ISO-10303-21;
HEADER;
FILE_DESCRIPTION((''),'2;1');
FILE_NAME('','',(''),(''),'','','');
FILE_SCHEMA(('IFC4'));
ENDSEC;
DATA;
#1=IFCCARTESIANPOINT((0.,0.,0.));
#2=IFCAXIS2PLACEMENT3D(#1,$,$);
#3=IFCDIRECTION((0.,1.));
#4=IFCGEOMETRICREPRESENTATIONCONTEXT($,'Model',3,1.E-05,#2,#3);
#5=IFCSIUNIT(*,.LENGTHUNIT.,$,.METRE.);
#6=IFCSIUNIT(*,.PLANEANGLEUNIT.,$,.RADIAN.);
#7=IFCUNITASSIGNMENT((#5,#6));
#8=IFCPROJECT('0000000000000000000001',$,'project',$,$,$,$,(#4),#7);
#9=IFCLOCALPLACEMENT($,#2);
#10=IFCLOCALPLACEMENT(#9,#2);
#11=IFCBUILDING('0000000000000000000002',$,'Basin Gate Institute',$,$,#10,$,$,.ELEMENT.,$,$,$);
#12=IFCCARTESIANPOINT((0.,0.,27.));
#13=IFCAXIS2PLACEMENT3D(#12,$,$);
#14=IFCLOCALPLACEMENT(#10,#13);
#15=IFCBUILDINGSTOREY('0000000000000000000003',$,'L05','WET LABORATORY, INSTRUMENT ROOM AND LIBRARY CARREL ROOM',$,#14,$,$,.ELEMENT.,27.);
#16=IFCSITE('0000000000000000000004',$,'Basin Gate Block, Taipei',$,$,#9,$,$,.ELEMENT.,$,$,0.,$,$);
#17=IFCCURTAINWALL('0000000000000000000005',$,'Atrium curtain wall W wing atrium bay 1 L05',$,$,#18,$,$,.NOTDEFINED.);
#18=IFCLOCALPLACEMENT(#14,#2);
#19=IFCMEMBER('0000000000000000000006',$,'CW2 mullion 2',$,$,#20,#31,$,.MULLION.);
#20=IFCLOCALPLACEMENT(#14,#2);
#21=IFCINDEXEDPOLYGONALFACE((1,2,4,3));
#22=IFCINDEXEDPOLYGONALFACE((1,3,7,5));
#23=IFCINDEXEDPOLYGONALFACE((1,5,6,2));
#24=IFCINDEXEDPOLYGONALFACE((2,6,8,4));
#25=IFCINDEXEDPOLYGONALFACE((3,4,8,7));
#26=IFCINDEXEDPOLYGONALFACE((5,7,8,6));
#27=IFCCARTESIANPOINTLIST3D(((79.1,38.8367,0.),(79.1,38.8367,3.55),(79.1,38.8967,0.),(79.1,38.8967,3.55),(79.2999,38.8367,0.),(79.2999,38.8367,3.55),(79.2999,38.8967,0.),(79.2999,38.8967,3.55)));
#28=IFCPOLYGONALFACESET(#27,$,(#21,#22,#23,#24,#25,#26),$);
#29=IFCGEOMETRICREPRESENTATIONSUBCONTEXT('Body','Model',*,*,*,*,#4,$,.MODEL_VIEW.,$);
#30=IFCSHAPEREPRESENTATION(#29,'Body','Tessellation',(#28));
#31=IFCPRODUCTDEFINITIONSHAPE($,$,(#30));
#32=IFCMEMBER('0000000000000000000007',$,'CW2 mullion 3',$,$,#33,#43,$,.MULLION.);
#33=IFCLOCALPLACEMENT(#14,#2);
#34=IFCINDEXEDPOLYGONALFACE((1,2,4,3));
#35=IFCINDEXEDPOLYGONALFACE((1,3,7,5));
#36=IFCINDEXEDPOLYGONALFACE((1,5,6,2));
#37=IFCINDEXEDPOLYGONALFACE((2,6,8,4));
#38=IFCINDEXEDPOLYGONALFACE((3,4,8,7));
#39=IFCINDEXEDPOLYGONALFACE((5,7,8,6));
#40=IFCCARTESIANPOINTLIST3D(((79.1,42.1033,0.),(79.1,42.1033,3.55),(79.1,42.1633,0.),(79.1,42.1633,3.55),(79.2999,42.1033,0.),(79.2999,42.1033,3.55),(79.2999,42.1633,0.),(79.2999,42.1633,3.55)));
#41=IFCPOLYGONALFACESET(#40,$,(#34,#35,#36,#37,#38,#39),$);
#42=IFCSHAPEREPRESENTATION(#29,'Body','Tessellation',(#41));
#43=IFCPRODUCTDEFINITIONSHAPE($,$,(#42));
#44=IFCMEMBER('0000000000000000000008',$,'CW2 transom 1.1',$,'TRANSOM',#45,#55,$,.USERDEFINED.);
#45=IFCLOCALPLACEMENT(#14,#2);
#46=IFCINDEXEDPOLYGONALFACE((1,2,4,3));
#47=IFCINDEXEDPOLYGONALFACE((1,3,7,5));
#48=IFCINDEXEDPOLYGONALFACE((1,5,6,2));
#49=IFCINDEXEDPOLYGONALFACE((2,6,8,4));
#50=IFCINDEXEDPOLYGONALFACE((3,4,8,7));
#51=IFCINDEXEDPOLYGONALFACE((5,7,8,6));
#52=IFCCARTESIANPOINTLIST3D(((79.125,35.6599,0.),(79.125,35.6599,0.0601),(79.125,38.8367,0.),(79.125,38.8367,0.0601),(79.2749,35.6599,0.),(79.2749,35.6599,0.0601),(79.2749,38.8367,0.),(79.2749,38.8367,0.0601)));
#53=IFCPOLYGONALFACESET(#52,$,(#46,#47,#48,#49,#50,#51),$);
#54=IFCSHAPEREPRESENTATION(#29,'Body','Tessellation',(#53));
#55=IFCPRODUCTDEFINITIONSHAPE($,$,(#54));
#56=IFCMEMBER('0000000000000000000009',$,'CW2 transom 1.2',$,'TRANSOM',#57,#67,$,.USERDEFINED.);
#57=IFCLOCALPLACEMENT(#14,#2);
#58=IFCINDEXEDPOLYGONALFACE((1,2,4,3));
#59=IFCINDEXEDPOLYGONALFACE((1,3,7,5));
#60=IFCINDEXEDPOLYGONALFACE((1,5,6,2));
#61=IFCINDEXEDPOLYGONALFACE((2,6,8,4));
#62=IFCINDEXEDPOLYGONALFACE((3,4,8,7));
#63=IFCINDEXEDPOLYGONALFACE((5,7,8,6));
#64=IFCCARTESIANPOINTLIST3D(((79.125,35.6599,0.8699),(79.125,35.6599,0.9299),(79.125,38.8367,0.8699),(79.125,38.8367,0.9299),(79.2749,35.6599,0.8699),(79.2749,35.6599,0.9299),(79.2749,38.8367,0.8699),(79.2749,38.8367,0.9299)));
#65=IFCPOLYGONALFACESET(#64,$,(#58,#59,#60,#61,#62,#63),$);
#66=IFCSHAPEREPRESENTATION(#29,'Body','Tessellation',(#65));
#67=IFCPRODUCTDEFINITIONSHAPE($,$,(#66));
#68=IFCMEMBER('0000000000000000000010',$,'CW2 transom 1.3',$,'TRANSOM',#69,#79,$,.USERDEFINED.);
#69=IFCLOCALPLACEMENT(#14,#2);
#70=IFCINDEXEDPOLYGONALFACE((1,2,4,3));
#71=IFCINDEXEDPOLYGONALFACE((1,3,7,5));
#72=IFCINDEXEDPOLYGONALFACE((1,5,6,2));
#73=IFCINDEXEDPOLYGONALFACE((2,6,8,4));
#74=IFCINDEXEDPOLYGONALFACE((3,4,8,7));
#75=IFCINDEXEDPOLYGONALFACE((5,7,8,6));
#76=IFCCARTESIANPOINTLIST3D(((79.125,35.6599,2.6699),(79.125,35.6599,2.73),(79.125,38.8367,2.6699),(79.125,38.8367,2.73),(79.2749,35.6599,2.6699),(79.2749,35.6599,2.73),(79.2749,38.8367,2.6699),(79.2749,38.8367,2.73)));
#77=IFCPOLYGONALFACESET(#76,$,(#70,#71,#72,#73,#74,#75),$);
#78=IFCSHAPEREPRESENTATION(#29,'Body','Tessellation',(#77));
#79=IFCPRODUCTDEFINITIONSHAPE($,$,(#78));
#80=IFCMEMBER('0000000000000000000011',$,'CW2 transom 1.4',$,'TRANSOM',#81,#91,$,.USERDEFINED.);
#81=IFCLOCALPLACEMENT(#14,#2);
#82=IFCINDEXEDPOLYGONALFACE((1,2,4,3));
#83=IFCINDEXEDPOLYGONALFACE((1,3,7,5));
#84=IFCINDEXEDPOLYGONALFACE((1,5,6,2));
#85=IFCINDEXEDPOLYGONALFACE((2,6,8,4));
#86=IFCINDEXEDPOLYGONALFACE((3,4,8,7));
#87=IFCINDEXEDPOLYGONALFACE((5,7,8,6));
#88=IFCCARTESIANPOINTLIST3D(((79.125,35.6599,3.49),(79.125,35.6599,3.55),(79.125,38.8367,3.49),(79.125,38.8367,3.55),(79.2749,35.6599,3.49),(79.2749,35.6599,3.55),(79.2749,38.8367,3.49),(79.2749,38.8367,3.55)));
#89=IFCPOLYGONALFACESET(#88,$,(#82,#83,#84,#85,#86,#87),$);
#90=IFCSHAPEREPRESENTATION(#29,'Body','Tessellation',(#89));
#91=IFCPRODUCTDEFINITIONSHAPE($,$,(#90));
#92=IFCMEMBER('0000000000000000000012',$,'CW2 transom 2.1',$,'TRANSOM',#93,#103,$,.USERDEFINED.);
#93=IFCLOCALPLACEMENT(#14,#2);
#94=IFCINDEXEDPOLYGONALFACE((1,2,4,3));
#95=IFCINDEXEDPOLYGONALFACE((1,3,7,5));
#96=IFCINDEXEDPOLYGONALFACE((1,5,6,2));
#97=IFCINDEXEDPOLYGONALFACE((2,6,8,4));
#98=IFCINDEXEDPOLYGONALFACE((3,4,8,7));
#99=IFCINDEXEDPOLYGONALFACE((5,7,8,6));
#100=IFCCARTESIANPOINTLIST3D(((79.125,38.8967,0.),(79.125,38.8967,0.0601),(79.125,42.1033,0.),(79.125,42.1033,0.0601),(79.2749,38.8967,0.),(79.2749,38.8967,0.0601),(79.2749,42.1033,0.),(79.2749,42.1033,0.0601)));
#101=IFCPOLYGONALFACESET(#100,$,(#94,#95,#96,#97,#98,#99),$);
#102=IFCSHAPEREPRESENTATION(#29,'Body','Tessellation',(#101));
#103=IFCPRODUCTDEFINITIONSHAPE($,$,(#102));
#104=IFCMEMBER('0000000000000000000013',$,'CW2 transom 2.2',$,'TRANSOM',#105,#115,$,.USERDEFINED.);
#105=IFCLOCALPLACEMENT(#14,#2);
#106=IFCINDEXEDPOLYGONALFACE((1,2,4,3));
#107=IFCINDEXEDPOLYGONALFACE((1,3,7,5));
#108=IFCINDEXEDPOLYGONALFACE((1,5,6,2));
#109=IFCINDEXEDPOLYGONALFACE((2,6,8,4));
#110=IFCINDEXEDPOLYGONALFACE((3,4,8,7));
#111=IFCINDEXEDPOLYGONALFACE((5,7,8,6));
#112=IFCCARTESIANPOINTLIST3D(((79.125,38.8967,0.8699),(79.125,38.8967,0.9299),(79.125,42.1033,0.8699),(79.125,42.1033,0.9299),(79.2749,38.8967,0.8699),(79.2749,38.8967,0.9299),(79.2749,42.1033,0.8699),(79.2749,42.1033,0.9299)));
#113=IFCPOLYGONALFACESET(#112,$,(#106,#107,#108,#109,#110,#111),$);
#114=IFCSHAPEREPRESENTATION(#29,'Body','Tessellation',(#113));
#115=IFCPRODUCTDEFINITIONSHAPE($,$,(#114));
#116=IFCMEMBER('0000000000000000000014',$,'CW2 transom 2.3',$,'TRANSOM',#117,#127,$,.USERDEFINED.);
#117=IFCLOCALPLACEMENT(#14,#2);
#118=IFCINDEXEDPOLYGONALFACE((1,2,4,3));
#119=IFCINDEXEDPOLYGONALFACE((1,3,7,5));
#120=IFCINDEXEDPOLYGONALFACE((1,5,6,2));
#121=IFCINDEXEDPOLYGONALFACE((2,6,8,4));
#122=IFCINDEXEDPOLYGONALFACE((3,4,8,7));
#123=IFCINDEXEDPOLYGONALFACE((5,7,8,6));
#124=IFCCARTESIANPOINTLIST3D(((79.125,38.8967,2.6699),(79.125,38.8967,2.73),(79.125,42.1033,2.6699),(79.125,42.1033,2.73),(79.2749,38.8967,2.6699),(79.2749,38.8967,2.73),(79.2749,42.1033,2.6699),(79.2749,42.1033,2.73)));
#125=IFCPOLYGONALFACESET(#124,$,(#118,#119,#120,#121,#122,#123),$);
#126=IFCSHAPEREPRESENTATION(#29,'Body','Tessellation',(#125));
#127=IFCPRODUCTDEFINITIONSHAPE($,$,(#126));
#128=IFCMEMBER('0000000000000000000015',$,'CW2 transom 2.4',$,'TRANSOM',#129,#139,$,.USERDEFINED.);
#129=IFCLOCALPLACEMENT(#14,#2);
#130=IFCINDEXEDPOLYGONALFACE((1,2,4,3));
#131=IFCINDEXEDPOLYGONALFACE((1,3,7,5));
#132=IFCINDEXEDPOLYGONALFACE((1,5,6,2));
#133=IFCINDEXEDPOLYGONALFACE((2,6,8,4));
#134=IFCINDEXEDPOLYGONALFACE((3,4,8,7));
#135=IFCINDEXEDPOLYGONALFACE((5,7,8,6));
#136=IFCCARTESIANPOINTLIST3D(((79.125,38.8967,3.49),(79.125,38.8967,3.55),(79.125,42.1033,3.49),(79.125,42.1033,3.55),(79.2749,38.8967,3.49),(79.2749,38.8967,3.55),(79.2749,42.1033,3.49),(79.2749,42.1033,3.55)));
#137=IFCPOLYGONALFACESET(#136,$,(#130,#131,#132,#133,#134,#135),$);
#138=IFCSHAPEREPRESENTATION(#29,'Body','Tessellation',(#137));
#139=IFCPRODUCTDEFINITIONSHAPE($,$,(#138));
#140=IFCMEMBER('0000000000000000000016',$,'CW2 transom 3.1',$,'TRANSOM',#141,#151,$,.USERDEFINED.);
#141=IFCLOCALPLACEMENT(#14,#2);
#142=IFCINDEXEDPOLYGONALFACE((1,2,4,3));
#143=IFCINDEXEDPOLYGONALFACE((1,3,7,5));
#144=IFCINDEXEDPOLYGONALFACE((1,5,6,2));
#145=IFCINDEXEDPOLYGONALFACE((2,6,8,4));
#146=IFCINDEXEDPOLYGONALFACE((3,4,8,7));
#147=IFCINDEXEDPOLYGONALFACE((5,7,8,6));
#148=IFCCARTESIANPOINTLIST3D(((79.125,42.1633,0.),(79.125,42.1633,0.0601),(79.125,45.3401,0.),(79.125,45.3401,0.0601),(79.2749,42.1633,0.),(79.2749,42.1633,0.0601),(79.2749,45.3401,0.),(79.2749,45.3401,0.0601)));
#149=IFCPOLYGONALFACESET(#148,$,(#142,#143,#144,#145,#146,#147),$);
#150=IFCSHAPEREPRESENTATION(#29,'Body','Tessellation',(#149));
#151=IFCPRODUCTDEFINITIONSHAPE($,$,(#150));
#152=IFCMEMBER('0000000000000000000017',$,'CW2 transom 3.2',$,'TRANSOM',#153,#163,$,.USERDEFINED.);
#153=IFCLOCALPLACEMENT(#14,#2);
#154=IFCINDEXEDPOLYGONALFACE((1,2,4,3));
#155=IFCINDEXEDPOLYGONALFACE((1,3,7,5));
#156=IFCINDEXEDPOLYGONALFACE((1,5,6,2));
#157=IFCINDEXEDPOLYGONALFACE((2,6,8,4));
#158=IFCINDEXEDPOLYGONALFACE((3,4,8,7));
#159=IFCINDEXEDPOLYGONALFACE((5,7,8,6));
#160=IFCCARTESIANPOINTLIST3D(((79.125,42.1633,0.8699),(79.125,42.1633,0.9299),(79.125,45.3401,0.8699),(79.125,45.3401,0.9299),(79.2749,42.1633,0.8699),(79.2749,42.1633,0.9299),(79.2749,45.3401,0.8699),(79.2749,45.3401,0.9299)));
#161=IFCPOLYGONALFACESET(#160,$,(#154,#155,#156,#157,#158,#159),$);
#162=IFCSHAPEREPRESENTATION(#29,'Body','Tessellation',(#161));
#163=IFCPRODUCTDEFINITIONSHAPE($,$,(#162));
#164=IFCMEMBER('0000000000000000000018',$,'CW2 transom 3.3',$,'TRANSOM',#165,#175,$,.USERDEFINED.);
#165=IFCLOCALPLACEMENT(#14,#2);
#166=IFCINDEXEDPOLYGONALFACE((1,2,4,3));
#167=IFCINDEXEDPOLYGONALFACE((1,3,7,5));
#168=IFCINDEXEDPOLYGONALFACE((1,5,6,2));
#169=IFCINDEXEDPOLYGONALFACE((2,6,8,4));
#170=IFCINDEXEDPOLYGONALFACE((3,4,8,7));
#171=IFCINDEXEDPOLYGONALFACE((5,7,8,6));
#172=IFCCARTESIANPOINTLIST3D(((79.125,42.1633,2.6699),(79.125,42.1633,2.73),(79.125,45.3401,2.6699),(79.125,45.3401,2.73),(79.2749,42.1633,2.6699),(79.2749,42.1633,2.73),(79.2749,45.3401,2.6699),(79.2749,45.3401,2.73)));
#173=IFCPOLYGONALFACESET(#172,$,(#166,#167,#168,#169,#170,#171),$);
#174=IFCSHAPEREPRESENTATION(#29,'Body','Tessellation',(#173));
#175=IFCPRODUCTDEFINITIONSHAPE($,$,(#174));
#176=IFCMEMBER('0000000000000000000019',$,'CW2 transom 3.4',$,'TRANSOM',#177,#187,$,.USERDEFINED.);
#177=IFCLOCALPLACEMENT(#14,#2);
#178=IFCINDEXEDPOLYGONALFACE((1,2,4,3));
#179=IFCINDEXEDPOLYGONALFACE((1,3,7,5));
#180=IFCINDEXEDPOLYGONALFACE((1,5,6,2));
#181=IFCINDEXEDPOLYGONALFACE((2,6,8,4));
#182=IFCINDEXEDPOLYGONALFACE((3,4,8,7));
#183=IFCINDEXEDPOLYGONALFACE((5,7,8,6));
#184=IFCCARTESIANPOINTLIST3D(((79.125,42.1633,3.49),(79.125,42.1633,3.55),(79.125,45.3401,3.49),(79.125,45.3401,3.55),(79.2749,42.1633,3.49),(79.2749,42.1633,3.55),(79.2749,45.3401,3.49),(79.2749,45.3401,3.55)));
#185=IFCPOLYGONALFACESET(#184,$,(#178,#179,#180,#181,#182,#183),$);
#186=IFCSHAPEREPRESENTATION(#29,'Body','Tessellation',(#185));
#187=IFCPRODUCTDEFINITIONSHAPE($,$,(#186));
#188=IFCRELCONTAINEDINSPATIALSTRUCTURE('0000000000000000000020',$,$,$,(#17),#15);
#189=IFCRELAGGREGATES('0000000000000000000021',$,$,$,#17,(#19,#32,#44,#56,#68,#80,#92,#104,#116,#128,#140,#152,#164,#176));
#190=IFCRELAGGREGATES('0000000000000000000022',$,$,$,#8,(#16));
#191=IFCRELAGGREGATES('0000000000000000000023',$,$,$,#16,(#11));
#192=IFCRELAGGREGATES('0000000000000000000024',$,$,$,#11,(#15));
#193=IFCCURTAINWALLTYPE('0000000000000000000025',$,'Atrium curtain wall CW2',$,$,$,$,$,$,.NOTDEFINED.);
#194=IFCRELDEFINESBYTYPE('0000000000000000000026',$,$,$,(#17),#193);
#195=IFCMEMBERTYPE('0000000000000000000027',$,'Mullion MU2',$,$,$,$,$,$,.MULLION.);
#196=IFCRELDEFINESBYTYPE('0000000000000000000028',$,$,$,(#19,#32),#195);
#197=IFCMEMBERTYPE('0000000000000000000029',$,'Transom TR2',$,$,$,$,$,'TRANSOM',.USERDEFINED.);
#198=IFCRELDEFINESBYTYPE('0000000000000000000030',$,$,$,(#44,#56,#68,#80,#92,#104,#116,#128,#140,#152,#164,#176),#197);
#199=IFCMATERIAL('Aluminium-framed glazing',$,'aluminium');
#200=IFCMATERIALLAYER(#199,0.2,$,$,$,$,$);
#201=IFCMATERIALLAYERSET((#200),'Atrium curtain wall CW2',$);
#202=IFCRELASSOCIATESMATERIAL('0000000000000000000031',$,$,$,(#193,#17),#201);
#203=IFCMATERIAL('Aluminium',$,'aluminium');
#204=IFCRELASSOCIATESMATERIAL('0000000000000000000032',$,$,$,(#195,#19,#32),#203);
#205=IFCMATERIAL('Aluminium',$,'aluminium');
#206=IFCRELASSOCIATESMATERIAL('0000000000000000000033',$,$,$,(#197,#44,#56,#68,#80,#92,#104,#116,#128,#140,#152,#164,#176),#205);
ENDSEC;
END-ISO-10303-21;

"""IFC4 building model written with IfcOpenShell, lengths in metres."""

from ifc_helpers import new_model, si_unit, direction, frame, origin, origin_2d, place, context, subcontext, project, spatial, rectangle, extrude, material, layer, layer_set, material_profile, profile_set, type_object, element, aggregate, save


model = new_model("IFC4")

# Units and contexts
model_context = context("Model", 3, precision=1e-05, world=origin(), true_north=direction((0.0, 1.0)))
body_context = subcontext(model_context, "Body", "Model", "MODEL_VIEW")
ifc_project = project(units=[si_unit("LENGTHUNIT", "METRE"), si_unit("PLANEANGLEUNIT", "RADIAN")], contexts=[model_context])

# Site, building, storey
site_placement = place(None, origin())
site = spatial("IfcSite", under=ifc_project, at=site_placement, Name="Basin Gate Block, Taipei", CompositionType="ELEMENT", RefElevation=0.0)
building_placement = place(site_placement, origin())
building = spatial("IfcBuilding", under=site, at=building_placement, Name="Basin Gate Institute", CompositionType="ELEMENT")
storey_placement = place(building_placement, frame((0.0, 0.0, 27.0)))
storey = spatial("IfcBuildingStorey", under=building, at=storey_placement, Name="L05", Description="WET LABORATORY, INSTRUMENT ROOM AND LIBRARY CARREL ROOM", CompositionType="ELEMENT", Elevation=27.0)

# Curtain wall, members
ifc_material_1 = material(Name="Aluminium-framed glazing", Category="aluminium")
ifc_layer_1 = layer(ifc_material_1, 0.2)
ifc_layer_set_1 = layer_set([ifc_layer_1], Name="Atrium curtain wall CW2")
curtain_wall_type = type_object("IfcCurtainWallType", Name="Atrium curtain wall CW2", PredefinedType="NOTDEFINED", material=ifc_layer_set_1)
curtain_wall_placement = place(storey_placement, origin())
curtain_wall = element("IfcCurtainWall", 1, at=curtain_wall_placement, inside=storey, type_object=curtain_wall_type, material=ifc_layer_set_1, Name="Atrium curtain wall W wing atrium bay 1 L05", PredefinedType="NOTDEFINED")
ifc_material_2 = material(Name="Aluminium", Category="aluminium")
ifc_material_profile_1 = material_profile(ifc_material_2, rectangle(XDim=0.2, YDim=0.0601, at=origin_2d()), Name="Mullion MU2 200 x 60")
ifc_profile_set_1 = profile_set([ifc_material_profile_1], Name="Aluminium")
member_type_1 = type_object("IfcMemberType", Name="Mullion MU2", PredefinedType="MULLION", material=ifc_profile_set_1)
member_1_placement = place(storey_placement, frame((79.2, 38.8667, 0.0), z_axis=(0.0, 0.0, 1.0), x_axis=(-1.0, 0.0, 0.0)))
member_1 = element("IfcMember", 2, at=member_1_placement, type_object=member_type_1, material=ifc_profile_set_1, Name="CW2 mullion 2", PredefinedType="MULLION", context=body_context, shape_type="SweptSolid", body=[
    extrude(rectangle(XDim=0.2, YDim=0.0601, at=origin_2d()), origin(), (0.0, 0.0, 1.0), 3.55),
])
member_2_placement = place(storey_placement, frame((79.2, 42.1333, 0.0), z_axis=(0.0, 0.0, 1.0), x_axis=(-1.0, 0.0, 0.0)))
member_2 = element("IfcMember", 3, at=member_2_placement, type_object=member_type_1, material=ifc_profile_set_1, Name="CW2 mullion 3", PredefinedType="MULLION", context=body_context, shape_type="SweptSolid", body=[
    extrude(rectangle(XDim=0.2, YDim=0.0601, at=origin_2d()), origin(), (0.0, 0.0, 1.0), 3.55),
])
ifc_material_3 = material(Name="Aluminium", Category="aluminium")
ifc_material_profile_2 = material_profile(ifc_material_3, rectangle(XDim=0.1499, YDim=0.0601, at=origin_2d()), Name="Transom TR2 150 x 60")
ifc_profile_set_2 = profile_set([ifc_material_profile_2], Name="Aluminium")
member_type_2 = type_object("IfcMemberType", Name="Transom TR2", ElementType="TRANSOM", PredefinedType="USERDEFINED", material=ifc_profile_set_2)
member_3_placement = place(storey_placement, frame((79.2, 35.6599, 0.03), z_axis=(0.0, 1.0, 0.0), x_axis=(-1.0, 0.0, 0.0)))
member_3 = element("IfcMember", 4, at=member_3_placement, type_object=member_type_2, material=ifc_profile_set_2, Name="CW2 transom 1.1", ObjectType="TRANSOM", PredefinedType="USERDEFINED", context=body_context, shape_type="SweptSolid", body=[
    extrude(rectangle(XDim=0.1499, YDim=0.0601, at=origin_2d()), origin(), (0.0, 0.0, 1.0), 3.1768),
])
member_4_placement = place(storey_placement, frame((79.2, 35.6599, 0.8999), z_axis=(0.0, 1.0, 0.0), x_axis=(-1.0, 0.0, 0.0)))
member_4 = element("IfcMember", 5, at=member_4_placement, type_object=member_type_2, material=ifc_profile_set_2, Name="CW2 transom 1.2", ObjectType="TRANSOM", PredefinedType="USERDEFINED", context=body_context, shape_type="SweptSolid", body=[
    extrude(rectangle(XDim=0.1499, YDim=0.0601, at=origin_2d()), origin(), (0.0, 0.0, 1.0), 3.1768),
])
member_5_placement = place(storey_placement, frame((79.2, 35.6599, 2.7), z_axis=(0.0, 1.0, 0.0), x_axis=(-1.0, 0.0, 0.0)))
member_5 = element("IfcMember", 6, at=member_5_placement, type_object=member_type_2, material=ifc_profile_set_2, Name="CW2 transom 1.3", ObjectType="TRANSOM", PredefinedType="USERDEFINED", context=body_context, shape_type="SweptSolid", body=[
    extrude(rectangle(XDim=0.1499, YDim=0.0601, at=origin_2d()), origin(), (0.0, 0.0, 1.0), 3.1768),
])
member_6_placement = place(storey_placement, frame((79.2, 35.6599, 3.52), z_axis=(0.0, 1.0, 0.0), x_axis=(-1.0, 0.0, 0.0)))
member_6 = element("IfcMember", 7, at=member_6_placement, type_object=member_type_2, material=ifc_profile_set_2, Name="CW2 transom 1.4", ObjectType="TRANSOM", PredefinedType="USERDEFINED", context=body_context, shape_type="SweptSolid", body=[
    extrude(rectangle(XDim=0.1499, YDim=0.0601, at=origin_2d()), origin(), (0.0, 0.0, 1.0), 3.1768),
])
member_7_placement = place(storey_placement, frame((79.2, 38.8967, 0.03), z_axis=(0.0, 1.0, 0.0), x_axis=(-1.0, 0.0, 0.0)))
member_7 = element("IfcMember", 8, at=member_7_placement, type_object=member_type_2, material=ifc_profile_set_2, Name="CW2 transom 2.1", ObjectType="TRANSOM", PredefinedType="USERDEFINED", context=body_context, shape_type="SweptSolid", body=[
    extrude(rectangle(XDim=0.1499, YDim=0.0601, at=origin_2d()), origin(), (0.0, 0.0, 1.0), 3.2065),
])
member_8_placement = place(storey_placement, frame((79.2, 38.8967, 0.8999), z_axis=(0.0, 1.0, 0.0), x_axis=(-1.0, 0.0, 0.0)))
member_8 = element("IfcMember", 9, at=member_8_placement, type_object=member_type_2, material=ifc_profile_set_2, Name="CW2 transom 2.2", ObjectType="TRANSOM", PredefinedType="USERDEFINED", context=body_context, shape_type="SweptSolid", body=[
    extrude(rectangle(XDim=0.1499, YDim=0.0601, at=origin_2d()), origin(), (0.0, 0.0, 1.0), 3.2065),
])
member_9_placement = place(storey_placement, frame((79.2, 38.8967, 2.7), z_axis=(0.0, 1.0, 0.0), x_axis=(-1.0, 0.0, 0.0)))
member_9 = element("IfcMember", 10, at=member_9_placement, type_object=member_type_2, material=ifc_profile_set_2, Name="CW2 transom 2.3", ObjectType="TRANSOM", PredefinedType="USERDEFINED", context=body_context, shape_type="SweptSolid", body=[
    extrude(rectangle(XDim=0.1499, YDim=0.0601, at=origin_2d()), origin(), (0.0, 0.0, 1.0), 3.2065),
])
member_10_placement = place(storey_placement, frame((79.2, 38.8967, 3.52), z_axis=(0.0, 1.0, 0.0), x_axis=(-1.0, 0.0, 0.0)))
member_10 = element("IfcMember", 11, at=member_10_placement, type_object=member_type_2, material=ifc_profile_set_2, Name="CW2 transom 2.4", ObjectType="TRANSOM", PredefinedType="USERDEFINED", context=body_context, shape_type="SweptSolid", body=[
    extrude(rectangle(XDim=0.1499, YDim=0.0601, at=origin_2d()), origin(), (0.0, 0.0, 1.0), 3.2065),
])
member_11_placement = place(storey_placement, frame((79.2, 42.1633, 0.03), z_axis=(0.0, 1.0, 0.0), x_axis=(-1.0, 0.0, 0.0)))
member_11 = element("IfcMember", 12, at=member_11_placement, type_object=member_type_2, material=ifc_profile_set_2, Name="CW2 transom 3.1", ObjectType="TRANSOM", PredefinedType="USERDEFINED", context=body_context, shape_type="SweptSolid", body=[
    extrude(rectangle(XDim=0.1499, YDim=0.0601, at=origin_2d()), origin(), (0.0, 0.0, 1.0), 3.1768),
])
member_12_placement = place(storey_placement, frame((79.2, 42.1633, 0.8999), z_axis=(0.0, 1.0, 0.0), x_axis=(-1.0, 0.0, 0.0)))
member_12 = element("IfcMember", 13, at=member_12_placement, type_object=member_type_2, material=ifc_profile_set_2, Name="CW2 transom 3.2", ObjectType="TRANSOM", PredefinedType="USERDEFINED", context=body_context, shape_type="SweptSolid", body=[
    extrude(rectangle(XDim=0.1499, YDim=0.0601, at=origin_2d()), origin(), (0.0, 0.0, 1.0), 3.1768),
])
member_13_placement = place(storey_placement, frame((79.2, 42.1633, 2.7), z_axis=(0.0, 1.0, 0.0), x_axis=(-1.0, 0.0, 0.0)))
member_13 = element("IfcMember", 14, at=member_13_placement, type_object=member_type_2, material=ifc_profile_set_2, Name="CW2 transom 3.3", ObjectType="TRANSOM", PredefinedType="USERDEFINED", context=body_context, shape_type="SweptSolid", body=[
    extrude(rectangle(XDim=0.1499, YDim=0.0601, at=origin_2d()), origin(), (0.0, 0.0, 1.0), 3.1768),
])
member_14_placement = place(storey_placement, frame((79.2, 42.1633, 3.52), z_axis=(0.0, 1.0, 0.0), x_axis=(-1.0, 0.0, 0.0)))
member_14 = element("IfcMember", 15, at=member_14_placement, type_object=member_type_2, material=ifc_profile_set_2, Name="CW2 transom 3.4", ObjectType="TRANSOM", PredefinedType="USERDEFINED", context=body_context, shape_type="SweptSolid", body=[
    extrude(rectangle(XDim=0.1499, YDim=0.0601, at=origin_2d()), origin(), (0.0, 0.0, 1.0), 3.1768),
])
aggregate(curtain_wall, [member_1, member_2, member_3, member_4, member_5, member_6, member_7, member_8, member_9, member_10, member_11, member_12, member_13, member_14])

save(model, "model.ifc")
